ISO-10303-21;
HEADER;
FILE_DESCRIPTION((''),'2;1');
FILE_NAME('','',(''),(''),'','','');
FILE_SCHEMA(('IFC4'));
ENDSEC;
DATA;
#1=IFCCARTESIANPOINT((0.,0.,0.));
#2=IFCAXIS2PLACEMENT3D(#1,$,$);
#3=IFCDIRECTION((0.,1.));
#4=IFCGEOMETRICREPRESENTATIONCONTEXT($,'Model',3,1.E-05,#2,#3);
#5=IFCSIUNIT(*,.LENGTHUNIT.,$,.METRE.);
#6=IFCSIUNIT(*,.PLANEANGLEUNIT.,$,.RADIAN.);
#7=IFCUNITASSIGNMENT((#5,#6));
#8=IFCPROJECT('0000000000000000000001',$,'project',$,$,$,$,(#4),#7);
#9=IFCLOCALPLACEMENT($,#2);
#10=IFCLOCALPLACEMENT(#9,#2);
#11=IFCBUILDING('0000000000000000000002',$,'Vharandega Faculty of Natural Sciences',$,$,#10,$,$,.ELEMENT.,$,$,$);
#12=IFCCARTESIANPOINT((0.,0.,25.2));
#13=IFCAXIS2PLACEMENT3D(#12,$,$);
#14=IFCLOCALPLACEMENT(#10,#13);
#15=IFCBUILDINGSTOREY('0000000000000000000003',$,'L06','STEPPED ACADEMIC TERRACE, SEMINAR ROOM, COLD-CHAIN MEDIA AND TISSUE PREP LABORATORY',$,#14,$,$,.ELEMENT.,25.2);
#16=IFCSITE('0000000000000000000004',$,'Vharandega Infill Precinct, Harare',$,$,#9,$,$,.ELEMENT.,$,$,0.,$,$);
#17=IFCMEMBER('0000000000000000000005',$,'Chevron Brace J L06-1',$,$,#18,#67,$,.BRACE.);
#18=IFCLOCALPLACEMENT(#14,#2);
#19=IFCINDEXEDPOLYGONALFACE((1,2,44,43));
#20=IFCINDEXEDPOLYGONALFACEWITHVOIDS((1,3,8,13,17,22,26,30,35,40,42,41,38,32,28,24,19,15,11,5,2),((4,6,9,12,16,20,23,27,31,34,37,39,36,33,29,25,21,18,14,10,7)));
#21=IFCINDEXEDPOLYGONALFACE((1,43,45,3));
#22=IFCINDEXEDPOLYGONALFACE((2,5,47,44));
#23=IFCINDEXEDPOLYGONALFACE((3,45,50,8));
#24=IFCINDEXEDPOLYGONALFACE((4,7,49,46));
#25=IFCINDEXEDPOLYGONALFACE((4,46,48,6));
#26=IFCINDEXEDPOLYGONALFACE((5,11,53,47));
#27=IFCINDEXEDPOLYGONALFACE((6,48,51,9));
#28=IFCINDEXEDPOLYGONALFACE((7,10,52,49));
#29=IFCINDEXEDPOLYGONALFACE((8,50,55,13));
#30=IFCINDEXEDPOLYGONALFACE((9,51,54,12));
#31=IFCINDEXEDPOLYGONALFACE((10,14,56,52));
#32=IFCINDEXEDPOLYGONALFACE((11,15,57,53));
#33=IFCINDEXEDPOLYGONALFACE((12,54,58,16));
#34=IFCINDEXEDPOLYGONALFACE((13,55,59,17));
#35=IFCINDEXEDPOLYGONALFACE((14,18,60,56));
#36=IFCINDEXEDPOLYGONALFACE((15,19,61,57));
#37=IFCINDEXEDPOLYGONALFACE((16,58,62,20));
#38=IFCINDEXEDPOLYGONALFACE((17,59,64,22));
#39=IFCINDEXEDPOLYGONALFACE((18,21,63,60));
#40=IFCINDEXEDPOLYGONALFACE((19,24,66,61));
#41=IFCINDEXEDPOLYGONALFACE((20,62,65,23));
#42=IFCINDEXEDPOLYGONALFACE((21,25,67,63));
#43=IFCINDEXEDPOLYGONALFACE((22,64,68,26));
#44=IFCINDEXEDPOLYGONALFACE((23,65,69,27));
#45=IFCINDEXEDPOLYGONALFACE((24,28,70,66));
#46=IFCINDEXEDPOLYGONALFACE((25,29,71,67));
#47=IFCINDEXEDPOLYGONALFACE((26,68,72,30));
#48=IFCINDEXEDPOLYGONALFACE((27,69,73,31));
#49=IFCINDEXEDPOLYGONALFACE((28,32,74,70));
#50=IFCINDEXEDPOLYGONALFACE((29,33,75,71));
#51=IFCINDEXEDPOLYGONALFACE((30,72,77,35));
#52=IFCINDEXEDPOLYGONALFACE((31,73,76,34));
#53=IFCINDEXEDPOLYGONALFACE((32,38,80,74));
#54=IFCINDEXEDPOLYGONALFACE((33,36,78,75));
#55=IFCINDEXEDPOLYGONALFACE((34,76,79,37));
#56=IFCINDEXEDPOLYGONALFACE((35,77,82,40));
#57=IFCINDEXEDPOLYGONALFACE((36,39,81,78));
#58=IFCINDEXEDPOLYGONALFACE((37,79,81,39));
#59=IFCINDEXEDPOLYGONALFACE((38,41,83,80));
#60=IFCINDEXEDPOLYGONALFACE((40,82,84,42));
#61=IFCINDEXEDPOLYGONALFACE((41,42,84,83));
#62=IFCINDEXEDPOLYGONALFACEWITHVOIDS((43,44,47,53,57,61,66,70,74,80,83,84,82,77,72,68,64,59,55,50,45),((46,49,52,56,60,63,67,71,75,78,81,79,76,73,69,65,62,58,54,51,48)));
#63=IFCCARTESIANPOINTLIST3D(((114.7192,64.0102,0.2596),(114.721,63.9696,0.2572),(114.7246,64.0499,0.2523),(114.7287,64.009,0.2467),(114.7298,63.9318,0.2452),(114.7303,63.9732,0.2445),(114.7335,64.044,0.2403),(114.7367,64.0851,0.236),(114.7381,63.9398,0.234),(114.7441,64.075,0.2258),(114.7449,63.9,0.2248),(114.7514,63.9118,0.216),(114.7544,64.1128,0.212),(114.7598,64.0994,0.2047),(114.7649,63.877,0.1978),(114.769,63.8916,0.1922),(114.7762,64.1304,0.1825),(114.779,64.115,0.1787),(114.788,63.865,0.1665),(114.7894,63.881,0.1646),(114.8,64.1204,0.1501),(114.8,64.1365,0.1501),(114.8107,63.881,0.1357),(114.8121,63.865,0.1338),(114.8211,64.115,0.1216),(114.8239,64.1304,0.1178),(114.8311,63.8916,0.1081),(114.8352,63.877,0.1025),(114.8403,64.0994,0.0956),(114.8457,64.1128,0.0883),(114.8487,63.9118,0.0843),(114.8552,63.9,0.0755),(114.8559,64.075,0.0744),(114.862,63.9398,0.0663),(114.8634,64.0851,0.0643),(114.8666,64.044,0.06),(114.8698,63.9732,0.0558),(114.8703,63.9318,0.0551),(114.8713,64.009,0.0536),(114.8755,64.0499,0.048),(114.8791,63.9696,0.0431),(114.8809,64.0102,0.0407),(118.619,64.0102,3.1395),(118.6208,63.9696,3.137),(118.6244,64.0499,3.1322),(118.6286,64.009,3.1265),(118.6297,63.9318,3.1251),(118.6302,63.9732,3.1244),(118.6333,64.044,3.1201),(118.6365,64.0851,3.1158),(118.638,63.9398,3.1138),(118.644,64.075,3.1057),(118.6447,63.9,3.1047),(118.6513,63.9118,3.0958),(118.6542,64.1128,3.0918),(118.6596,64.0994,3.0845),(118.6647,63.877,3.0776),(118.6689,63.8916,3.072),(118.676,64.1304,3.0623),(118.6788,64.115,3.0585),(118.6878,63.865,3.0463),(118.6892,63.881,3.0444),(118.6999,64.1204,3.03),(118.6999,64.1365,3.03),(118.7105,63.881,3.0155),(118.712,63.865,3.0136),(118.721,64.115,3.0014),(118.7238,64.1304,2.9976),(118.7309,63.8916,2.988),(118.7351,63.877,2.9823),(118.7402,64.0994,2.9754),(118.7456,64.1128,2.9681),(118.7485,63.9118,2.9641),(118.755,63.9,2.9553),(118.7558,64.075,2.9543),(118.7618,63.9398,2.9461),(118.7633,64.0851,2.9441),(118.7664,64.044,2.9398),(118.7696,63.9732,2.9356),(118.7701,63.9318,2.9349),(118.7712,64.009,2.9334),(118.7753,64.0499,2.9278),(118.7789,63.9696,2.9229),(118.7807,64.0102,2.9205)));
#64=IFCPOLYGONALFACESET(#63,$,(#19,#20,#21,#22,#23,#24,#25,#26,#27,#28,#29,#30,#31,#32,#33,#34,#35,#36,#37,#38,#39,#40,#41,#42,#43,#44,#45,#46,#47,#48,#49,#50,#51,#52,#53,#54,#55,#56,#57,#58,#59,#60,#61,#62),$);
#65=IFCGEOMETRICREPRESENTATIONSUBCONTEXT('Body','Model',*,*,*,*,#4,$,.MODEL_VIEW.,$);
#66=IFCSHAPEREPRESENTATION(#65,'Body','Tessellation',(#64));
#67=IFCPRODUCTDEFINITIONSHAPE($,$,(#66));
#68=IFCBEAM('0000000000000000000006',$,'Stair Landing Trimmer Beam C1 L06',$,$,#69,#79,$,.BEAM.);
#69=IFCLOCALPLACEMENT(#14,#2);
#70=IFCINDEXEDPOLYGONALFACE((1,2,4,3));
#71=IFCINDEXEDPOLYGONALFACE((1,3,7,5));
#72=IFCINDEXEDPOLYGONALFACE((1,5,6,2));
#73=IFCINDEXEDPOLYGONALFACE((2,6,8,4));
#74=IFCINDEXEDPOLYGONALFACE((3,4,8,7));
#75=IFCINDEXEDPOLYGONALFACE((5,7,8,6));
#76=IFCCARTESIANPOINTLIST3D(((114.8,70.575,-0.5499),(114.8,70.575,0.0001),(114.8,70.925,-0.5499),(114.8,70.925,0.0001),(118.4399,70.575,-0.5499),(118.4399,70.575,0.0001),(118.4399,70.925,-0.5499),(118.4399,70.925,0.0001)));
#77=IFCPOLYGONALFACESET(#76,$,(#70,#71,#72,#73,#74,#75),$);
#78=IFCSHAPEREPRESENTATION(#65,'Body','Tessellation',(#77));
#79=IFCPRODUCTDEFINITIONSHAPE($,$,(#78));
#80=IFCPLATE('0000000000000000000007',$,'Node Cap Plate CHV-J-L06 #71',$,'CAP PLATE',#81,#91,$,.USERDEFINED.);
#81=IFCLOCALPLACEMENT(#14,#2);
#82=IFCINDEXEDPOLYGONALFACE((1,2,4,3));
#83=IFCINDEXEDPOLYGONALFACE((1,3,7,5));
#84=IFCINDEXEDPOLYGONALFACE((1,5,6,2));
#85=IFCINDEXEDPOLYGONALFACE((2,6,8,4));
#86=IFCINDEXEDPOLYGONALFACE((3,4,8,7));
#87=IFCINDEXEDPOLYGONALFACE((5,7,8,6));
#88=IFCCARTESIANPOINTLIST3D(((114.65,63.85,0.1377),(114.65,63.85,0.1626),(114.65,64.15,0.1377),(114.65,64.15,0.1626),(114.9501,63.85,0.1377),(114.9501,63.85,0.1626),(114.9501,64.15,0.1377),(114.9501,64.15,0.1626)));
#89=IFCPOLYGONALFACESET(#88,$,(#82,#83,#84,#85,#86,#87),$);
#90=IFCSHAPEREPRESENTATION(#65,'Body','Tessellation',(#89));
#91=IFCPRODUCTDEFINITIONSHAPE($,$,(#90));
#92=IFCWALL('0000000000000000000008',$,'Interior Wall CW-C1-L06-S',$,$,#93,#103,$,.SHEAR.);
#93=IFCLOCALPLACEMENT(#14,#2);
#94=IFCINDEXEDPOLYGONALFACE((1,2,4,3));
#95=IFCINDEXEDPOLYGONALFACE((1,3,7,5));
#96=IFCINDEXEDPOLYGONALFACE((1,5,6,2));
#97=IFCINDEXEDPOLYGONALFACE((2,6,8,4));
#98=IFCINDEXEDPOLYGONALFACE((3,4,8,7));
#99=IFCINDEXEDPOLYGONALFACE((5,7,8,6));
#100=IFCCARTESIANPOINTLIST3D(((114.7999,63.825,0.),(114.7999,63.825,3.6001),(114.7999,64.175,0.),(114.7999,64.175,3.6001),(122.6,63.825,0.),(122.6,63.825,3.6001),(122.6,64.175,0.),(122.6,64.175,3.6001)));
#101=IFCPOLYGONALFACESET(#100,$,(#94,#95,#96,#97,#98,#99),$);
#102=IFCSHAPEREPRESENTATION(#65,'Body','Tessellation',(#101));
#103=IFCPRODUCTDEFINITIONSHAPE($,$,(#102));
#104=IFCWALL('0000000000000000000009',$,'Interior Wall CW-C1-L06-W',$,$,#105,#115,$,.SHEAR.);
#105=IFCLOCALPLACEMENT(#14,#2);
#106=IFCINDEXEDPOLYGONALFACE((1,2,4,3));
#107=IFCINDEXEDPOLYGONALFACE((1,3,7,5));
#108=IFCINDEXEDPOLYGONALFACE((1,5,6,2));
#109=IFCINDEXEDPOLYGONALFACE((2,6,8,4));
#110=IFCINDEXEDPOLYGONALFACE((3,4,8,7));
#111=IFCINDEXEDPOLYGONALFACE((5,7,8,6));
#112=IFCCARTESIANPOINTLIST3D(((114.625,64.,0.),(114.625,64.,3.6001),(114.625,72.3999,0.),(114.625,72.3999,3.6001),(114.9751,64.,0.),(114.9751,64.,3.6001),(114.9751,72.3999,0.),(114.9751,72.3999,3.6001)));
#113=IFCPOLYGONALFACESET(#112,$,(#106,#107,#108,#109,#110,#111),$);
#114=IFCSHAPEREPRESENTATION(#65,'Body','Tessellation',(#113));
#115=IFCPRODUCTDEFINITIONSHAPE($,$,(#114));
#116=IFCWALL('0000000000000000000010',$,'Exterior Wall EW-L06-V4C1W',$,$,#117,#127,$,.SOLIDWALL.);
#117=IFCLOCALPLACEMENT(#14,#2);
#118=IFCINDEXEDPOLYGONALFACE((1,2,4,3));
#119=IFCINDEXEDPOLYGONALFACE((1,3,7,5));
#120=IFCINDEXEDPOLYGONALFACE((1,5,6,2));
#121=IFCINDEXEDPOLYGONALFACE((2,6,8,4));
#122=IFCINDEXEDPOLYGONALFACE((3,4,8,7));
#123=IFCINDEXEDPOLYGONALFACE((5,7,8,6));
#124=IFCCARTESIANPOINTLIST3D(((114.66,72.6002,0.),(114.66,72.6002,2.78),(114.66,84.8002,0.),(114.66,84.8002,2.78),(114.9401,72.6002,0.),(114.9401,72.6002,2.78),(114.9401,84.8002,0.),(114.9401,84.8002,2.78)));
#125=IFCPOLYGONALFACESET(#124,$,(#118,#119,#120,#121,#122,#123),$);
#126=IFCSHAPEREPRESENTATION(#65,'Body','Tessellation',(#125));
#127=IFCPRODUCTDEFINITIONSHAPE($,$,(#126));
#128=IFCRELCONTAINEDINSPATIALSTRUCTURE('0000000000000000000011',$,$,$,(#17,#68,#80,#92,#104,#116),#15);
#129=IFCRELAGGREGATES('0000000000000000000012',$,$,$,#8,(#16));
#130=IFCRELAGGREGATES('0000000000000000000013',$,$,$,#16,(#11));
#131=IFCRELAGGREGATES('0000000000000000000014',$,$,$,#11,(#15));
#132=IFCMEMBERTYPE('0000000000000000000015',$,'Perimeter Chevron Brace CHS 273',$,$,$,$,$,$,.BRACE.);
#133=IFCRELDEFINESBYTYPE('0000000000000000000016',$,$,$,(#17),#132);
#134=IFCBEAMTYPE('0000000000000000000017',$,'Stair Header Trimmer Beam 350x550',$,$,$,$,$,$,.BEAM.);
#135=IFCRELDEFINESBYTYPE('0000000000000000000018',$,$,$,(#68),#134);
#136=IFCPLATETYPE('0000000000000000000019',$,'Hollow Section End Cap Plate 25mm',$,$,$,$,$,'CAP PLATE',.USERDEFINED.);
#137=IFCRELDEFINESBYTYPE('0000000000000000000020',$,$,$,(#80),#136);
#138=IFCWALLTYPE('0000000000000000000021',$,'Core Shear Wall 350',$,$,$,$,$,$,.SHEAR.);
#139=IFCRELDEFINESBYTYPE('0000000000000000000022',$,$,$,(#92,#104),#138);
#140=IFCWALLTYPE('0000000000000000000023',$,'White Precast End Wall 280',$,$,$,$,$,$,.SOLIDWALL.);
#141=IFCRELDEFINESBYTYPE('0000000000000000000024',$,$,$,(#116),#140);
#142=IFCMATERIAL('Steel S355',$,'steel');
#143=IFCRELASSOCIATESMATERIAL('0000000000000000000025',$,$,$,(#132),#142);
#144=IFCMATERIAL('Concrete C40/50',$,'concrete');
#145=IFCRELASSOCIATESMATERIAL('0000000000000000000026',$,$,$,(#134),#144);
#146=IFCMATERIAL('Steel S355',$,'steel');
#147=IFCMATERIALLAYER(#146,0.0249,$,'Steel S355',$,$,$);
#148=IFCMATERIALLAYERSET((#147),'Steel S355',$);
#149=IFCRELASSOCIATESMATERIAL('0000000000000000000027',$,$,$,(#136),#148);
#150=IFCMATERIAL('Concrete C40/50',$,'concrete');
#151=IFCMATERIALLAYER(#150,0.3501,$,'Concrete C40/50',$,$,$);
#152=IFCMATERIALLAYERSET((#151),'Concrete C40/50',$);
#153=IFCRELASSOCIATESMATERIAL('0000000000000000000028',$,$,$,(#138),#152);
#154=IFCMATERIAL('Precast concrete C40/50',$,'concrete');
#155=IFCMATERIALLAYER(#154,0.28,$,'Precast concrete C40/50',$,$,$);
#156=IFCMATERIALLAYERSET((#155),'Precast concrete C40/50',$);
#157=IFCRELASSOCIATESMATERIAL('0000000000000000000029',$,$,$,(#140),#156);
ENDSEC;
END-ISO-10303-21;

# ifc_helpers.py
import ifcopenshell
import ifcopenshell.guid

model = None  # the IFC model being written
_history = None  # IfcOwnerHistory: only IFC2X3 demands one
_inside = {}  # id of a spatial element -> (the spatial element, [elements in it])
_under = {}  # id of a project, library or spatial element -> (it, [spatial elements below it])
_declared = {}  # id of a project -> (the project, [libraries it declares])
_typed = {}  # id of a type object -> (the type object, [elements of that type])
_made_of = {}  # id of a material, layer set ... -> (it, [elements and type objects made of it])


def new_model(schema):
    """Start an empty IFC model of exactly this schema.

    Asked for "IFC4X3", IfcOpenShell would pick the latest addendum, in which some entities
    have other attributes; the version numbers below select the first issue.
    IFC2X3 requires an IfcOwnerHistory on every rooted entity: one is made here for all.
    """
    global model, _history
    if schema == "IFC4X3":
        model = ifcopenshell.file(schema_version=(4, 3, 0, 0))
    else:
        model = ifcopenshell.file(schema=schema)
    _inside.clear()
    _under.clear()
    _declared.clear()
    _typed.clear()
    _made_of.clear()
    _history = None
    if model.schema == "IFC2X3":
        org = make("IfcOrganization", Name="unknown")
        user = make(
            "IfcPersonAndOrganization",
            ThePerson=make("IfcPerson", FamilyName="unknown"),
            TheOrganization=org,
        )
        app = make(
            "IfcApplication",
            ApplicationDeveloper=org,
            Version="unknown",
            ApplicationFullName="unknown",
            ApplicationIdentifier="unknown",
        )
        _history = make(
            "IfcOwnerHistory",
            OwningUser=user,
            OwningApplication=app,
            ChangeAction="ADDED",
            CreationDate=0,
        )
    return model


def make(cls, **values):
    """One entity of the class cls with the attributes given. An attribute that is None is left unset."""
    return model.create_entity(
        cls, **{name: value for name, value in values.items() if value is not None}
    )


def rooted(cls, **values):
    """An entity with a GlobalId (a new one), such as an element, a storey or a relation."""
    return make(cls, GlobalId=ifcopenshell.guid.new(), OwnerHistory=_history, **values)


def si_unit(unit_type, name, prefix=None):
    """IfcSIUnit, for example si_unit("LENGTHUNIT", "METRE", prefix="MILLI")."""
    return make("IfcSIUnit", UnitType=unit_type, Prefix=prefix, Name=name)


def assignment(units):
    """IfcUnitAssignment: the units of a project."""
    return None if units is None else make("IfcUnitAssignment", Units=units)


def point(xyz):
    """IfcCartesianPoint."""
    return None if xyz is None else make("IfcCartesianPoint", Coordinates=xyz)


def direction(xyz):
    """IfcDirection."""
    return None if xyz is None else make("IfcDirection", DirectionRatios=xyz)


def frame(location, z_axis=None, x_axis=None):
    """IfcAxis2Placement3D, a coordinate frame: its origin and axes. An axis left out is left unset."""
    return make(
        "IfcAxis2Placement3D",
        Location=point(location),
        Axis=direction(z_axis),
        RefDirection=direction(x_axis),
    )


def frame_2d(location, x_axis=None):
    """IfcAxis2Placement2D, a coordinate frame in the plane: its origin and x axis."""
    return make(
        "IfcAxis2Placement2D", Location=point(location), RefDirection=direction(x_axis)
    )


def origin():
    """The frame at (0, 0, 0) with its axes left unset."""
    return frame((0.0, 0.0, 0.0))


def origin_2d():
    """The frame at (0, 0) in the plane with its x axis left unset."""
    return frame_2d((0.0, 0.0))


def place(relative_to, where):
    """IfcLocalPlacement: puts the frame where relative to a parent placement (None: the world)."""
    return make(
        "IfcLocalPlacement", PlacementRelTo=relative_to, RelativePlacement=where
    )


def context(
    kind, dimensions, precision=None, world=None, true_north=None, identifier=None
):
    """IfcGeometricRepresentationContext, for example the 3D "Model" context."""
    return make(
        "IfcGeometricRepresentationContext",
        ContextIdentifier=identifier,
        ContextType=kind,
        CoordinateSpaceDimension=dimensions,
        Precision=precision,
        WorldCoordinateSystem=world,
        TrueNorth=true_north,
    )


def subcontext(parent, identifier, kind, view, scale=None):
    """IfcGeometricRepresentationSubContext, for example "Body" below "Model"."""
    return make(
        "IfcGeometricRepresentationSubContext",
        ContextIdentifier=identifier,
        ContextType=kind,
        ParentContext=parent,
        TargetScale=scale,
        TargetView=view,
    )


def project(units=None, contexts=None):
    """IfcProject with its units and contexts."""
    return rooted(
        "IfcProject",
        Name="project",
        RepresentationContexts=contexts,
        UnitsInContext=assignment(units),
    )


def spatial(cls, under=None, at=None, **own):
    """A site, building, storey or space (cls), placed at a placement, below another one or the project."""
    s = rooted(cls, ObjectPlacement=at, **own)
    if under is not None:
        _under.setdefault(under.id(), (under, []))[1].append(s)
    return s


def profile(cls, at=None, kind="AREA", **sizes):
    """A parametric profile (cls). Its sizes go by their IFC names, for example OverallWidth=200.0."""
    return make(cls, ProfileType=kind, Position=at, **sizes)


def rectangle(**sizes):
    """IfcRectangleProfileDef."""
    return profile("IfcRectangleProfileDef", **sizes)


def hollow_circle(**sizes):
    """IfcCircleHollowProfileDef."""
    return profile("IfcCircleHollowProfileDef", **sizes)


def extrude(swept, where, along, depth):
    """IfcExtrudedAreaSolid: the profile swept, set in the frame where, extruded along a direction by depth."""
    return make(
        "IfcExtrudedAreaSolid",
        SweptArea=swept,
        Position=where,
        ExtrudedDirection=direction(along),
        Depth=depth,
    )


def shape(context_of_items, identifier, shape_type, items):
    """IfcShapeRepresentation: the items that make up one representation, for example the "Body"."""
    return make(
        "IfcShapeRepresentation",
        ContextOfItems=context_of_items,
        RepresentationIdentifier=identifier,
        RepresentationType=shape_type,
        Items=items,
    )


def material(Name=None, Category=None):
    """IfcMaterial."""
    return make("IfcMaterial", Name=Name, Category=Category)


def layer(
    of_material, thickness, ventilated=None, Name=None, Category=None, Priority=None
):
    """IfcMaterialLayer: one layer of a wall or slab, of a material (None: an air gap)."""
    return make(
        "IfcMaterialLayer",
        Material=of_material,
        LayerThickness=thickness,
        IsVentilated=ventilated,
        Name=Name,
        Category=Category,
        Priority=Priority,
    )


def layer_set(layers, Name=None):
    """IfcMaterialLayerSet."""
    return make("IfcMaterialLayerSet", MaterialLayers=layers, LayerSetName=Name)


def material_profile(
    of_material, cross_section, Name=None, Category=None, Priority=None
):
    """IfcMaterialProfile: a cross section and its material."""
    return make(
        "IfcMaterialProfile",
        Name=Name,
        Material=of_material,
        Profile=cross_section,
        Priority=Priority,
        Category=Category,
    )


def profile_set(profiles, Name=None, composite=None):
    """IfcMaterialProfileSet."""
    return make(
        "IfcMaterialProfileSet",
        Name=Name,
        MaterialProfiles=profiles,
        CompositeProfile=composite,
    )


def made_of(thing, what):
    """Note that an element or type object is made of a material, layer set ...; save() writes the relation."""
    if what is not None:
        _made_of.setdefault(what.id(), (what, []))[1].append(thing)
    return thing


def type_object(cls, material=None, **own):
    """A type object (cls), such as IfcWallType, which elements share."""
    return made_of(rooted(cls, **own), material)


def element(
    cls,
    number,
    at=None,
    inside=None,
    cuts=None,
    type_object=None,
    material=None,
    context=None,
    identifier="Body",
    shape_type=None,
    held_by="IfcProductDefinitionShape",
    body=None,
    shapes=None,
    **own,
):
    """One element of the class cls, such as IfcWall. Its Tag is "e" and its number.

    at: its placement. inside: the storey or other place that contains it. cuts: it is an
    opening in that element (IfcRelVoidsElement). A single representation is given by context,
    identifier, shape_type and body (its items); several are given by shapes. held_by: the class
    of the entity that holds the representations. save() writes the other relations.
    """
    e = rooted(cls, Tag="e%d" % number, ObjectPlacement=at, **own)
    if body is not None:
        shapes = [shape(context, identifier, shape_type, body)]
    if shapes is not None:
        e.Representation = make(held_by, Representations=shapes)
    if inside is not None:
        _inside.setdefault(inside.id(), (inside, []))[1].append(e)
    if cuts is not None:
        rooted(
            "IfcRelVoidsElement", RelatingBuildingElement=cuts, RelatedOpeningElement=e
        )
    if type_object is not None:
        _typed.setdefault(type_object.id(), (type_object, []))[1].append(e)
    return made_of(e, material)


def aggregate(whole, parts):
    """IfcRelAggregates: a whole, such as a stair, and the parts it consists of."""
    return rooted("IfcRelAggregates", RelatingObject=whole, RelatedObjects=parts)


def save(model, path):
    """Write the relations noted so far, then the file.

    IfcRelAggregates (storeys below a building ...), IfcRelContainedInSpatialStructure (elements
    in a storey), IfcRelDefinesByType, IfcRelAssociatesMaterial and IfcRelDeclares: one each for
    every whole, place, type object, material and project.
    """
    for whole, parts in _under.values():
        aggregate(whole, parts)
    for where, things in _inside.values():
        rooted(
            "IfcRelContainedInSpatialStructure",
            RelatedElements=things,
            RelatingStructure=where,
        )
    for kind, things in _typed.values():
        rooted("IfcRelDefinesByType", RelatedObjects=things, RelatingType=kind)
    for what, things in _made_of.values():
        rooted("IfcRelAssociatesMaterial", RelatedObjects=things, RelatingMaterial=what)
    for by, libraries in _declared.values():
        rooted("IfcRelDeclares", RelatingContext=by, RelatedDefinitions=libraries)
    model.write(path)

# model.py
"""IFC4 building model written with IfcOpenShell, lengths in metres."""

from ifc_helpers import new_model, si_unit, direction, frame, frame_2d, origin, origin_2d, place, context, subcontext, project, spatial, rectangle, hollow_circle, extrude, material, layer, layer_set, material_profile, profile_set, type_object, element, save


model = new_model("IFC4")

# Units and contexts
model_context = context("Model", 3, precision=1e-05, world=origin(), true_north=direction((0.0, 1.0)))
body_context = subcontext(model_context, "Body", "Model", "MODEL_VIEW")
ifc_project = project(units=[si_unit("LENGTHUNIT", "METRE"), si_unit("PLANEANGLEUNIT", "RADIAN")], contexts=[model_context])

# Site, building, storey
site_placement = place(None, origin())
site = spatial("IfcSite", under=ifc_project, at=site_placement, Name="Vharandega Infill Precinct, Harare", CompositionType="ELEMENT", RefElevation=0.0)
building_placement = place(site_placement, origin())
building = spatial("IfcBuilding", under=site, at=building_placement, Name="Vharandega Faculty of Natural Sciences", CompositionType="ELEMENT")
storey_placement = place(building_placement, frame((0.0, 0.0, 25.2)))
storey = spatial("IfcBuildingStorey", under=building, at=storey_placement, Name="L06", Description="STEPPED ACADEMIC TERRACE, SEMINAR ROOM, COLD-CHAIN MEDIA AND TISSUE PREP LABORATORY", CompositionType="ELEMENT", Elevation=25.2)

# Member
ifc_material_1 = material(Name="Steel S355", Category="steel")
ifc_material_profile_1 = material_profile(ifc_material_1, hollow_circle(Radius=0.1365, WallThickness=0.0161, at=origin_2d()), Name="CHS 273x16")
ifc_profile_set_1 = profile_set([ifc_material_profile_1], Name="Steel S355")
member_type = type_object("IfcMemberType", Name="Perimeter Chevron Brace CHS 273", PredefinedType="BRACE", material=ifc_profile_set_1)
member_placement = place(storey_placement, frame((114.8, 64.0, 0.1501), z_axis=(0.804438, 0.0, 0.594037), x_axis=(0.0, 1.0, 0.0)))
element("IfcMember", 1, at=member_placement, inside=storey, type_object=member_type, Name="Chevron Brace J L06-1", PredefinedType="BRACE", context=body_context, shape_type="SweptSolid", body=[
    extrude(hollow_circle(Radius=0.1365, WallThickness=0.0161, at=origin_2d()), origin(), (0.0, 0.0, 1.0), 4.8479),
])

# Beam
ifc_material_2 = material(Name="Concrete C40/50", Category="concrete")
ifc_material_profile_2 = material_profile(ifc_material_2, rectangle(XDim=0.3501, YDim=0.55, at=origin_2d()), Name="RC 350x550")
ifc_profile_set_2 = profile_set([ifc_material_profile_2], Name="Concrete C40/50")
beam_type_1 = type_object("IfcBeamType", Name="Stair Header Trimmer Beam 350x550", PredefinedType="BEAM", material=ifc_profile_set_2)
beam_1_placement = place(storey_placement, frame((114.8, 70.75, -0.2749), z_axis=(1.0, 0.0, 0.0), x_axis=(0.0, 1.0, 0.0)))
element("IfcBeam", 2, at=beam_1_placement, inside=storey, type_object=beam_type_1, Name="Stair Landing Trimmer Beam C1 L06", PredefinedType="BEAM", context=body_context, shape_type="SweptSolid", body=[
    extrude(rectangle(XDim=0.3501, YDim=0.55, at=origin_2d()), origin(), (0.0, 0.0, 1.0), 3.6399),
])

# Plate
ifc_material_3 = material(Name="Steel S355", Category="steel")
ifc_layer_1 = layer(ifc_material_3, 0.0249, Name="Steel S355")
ifc_layer_set_1 = layer_set([ifc_layer_1], Name="Steel S355")
plate_type = type_object("IfcPlateType", Name="Hollow Section End Cap Plate 25mm", ElementType="CAP PLATE", PredefinedType="USERDEFINED", material=ifc_layer_set_1)
plate_placement = place(storey_placement, frame((114.8, 64.0, 0.1377), z_axis=(0.0, 0.0, 1.0), x_axis=(1.0, 0.0, 0.0)))
element("IfcPlate", 3, at=plate_placement, inside=storey, type_object=plate_type, Name="Node Cap Plate CHV-J-L06 #71", ObjectType="CAP PLATE", PredefinedType="USERDEFINED", context=body_context, shape_type="SweptSolid", body=[
    extrude(rectangle(XDim=0.3, YDim=0.3, at=origin_2d()), origin(), (0.0, 0.0, 1.0), 0.0249),
])

# Walls
ifc_material_4 = material(Name="Concrete C40/50", Category="concrete")
ifc_layer_2 = layer(ifc_material_4, 0.3501, Name="Concrete C40/50")
ifc_layer_set_2 = layer_set([ifc_layer_2], Name="Concrete C40/50")
wall_type_1 = type_object("IfcWallType", Name="Core Shear Wall 350", PredefinedType="SHEAR", material=ifc_layer_set_2)
wall_1_placement = place(storey_placement, frame((114.8, 64.0, 0.0), z_axis=(0.0, 0.0, 1.0), x_axis=(1.0, 0.0, 0.0)))
element("IfcWall", 4, at=wall_1_placement, inside=storey, type_object=wall_type_1, Name="Interior Wall CW-C1-L06-S", PredefinedType="SHEAR", context=body_context, shape_type="SweptSolid", body=[
    extrude(rectangle(XDim=7.8, YDim=0.3501, at=frame_2d((3.8999, 0.0))), origin(), (0.0, 0.0, 1.0), 3.6001),
])
wall_2_placement = place(storey_placement, frame((114.8, 64.0, 0.0), z_axis=(0.0, 0.0, 1.0), x_axis=(0.0, 1.0, 0.0)))
element("IfcWall", 5, at=wall_2_placement, inside=storey, type_object=wall_type_1, Name="Interior Wall CW-C1-L06-W", PredefinedType="SHEAR", context=body_context, shape_type="SweptSolid", body=[
    extrude(rectangle(XDim=8.3999, YDim=0.3501, at=frame_2d((4.2, 0.0))), origin(), (0.0, 0.0, 1.0), 3.6001),
])

# Wall
ifc_material_5 = material(Name="Precast concrete C40/50", Category="concrete")
ifc_layer_3 = layer(ifc_material_5, 0.28, Name="Precast concrete C40/50")
ifc_layer_set_3 = layer_set([ifc_layer_3], Name="Precast concrete C40/50")
wall_type_2 = type_object("IfcWallType", Name="White Precast End Wall 280", PredefinedType="SOLIDWALL", material=ifc_layer_set_3)
wall_3_placement = place(storey_placement, frame((114.8, 72.6001, 0.0), z_axis=(0.0, 0.0, 1.0), x_axis=(0.0, 1.0, 0.0)))
element("IfcWall", 6, at=wall_3_placement, inside=storey, type_object=wall_type_2, Name="Exterior Wall EW-L06-V4C1W", PredefinedType="SOLIDWALL", context=body_context, shape_type="SweptSolid", body=[
    extrude(rectangle(XDim=12.2, YDim=0.28, at=frame_2d((6.1001, 0.0))), origin(), (0.0, 0.0, 1.0), 2.78),
])

save(model, "model.ifc")
